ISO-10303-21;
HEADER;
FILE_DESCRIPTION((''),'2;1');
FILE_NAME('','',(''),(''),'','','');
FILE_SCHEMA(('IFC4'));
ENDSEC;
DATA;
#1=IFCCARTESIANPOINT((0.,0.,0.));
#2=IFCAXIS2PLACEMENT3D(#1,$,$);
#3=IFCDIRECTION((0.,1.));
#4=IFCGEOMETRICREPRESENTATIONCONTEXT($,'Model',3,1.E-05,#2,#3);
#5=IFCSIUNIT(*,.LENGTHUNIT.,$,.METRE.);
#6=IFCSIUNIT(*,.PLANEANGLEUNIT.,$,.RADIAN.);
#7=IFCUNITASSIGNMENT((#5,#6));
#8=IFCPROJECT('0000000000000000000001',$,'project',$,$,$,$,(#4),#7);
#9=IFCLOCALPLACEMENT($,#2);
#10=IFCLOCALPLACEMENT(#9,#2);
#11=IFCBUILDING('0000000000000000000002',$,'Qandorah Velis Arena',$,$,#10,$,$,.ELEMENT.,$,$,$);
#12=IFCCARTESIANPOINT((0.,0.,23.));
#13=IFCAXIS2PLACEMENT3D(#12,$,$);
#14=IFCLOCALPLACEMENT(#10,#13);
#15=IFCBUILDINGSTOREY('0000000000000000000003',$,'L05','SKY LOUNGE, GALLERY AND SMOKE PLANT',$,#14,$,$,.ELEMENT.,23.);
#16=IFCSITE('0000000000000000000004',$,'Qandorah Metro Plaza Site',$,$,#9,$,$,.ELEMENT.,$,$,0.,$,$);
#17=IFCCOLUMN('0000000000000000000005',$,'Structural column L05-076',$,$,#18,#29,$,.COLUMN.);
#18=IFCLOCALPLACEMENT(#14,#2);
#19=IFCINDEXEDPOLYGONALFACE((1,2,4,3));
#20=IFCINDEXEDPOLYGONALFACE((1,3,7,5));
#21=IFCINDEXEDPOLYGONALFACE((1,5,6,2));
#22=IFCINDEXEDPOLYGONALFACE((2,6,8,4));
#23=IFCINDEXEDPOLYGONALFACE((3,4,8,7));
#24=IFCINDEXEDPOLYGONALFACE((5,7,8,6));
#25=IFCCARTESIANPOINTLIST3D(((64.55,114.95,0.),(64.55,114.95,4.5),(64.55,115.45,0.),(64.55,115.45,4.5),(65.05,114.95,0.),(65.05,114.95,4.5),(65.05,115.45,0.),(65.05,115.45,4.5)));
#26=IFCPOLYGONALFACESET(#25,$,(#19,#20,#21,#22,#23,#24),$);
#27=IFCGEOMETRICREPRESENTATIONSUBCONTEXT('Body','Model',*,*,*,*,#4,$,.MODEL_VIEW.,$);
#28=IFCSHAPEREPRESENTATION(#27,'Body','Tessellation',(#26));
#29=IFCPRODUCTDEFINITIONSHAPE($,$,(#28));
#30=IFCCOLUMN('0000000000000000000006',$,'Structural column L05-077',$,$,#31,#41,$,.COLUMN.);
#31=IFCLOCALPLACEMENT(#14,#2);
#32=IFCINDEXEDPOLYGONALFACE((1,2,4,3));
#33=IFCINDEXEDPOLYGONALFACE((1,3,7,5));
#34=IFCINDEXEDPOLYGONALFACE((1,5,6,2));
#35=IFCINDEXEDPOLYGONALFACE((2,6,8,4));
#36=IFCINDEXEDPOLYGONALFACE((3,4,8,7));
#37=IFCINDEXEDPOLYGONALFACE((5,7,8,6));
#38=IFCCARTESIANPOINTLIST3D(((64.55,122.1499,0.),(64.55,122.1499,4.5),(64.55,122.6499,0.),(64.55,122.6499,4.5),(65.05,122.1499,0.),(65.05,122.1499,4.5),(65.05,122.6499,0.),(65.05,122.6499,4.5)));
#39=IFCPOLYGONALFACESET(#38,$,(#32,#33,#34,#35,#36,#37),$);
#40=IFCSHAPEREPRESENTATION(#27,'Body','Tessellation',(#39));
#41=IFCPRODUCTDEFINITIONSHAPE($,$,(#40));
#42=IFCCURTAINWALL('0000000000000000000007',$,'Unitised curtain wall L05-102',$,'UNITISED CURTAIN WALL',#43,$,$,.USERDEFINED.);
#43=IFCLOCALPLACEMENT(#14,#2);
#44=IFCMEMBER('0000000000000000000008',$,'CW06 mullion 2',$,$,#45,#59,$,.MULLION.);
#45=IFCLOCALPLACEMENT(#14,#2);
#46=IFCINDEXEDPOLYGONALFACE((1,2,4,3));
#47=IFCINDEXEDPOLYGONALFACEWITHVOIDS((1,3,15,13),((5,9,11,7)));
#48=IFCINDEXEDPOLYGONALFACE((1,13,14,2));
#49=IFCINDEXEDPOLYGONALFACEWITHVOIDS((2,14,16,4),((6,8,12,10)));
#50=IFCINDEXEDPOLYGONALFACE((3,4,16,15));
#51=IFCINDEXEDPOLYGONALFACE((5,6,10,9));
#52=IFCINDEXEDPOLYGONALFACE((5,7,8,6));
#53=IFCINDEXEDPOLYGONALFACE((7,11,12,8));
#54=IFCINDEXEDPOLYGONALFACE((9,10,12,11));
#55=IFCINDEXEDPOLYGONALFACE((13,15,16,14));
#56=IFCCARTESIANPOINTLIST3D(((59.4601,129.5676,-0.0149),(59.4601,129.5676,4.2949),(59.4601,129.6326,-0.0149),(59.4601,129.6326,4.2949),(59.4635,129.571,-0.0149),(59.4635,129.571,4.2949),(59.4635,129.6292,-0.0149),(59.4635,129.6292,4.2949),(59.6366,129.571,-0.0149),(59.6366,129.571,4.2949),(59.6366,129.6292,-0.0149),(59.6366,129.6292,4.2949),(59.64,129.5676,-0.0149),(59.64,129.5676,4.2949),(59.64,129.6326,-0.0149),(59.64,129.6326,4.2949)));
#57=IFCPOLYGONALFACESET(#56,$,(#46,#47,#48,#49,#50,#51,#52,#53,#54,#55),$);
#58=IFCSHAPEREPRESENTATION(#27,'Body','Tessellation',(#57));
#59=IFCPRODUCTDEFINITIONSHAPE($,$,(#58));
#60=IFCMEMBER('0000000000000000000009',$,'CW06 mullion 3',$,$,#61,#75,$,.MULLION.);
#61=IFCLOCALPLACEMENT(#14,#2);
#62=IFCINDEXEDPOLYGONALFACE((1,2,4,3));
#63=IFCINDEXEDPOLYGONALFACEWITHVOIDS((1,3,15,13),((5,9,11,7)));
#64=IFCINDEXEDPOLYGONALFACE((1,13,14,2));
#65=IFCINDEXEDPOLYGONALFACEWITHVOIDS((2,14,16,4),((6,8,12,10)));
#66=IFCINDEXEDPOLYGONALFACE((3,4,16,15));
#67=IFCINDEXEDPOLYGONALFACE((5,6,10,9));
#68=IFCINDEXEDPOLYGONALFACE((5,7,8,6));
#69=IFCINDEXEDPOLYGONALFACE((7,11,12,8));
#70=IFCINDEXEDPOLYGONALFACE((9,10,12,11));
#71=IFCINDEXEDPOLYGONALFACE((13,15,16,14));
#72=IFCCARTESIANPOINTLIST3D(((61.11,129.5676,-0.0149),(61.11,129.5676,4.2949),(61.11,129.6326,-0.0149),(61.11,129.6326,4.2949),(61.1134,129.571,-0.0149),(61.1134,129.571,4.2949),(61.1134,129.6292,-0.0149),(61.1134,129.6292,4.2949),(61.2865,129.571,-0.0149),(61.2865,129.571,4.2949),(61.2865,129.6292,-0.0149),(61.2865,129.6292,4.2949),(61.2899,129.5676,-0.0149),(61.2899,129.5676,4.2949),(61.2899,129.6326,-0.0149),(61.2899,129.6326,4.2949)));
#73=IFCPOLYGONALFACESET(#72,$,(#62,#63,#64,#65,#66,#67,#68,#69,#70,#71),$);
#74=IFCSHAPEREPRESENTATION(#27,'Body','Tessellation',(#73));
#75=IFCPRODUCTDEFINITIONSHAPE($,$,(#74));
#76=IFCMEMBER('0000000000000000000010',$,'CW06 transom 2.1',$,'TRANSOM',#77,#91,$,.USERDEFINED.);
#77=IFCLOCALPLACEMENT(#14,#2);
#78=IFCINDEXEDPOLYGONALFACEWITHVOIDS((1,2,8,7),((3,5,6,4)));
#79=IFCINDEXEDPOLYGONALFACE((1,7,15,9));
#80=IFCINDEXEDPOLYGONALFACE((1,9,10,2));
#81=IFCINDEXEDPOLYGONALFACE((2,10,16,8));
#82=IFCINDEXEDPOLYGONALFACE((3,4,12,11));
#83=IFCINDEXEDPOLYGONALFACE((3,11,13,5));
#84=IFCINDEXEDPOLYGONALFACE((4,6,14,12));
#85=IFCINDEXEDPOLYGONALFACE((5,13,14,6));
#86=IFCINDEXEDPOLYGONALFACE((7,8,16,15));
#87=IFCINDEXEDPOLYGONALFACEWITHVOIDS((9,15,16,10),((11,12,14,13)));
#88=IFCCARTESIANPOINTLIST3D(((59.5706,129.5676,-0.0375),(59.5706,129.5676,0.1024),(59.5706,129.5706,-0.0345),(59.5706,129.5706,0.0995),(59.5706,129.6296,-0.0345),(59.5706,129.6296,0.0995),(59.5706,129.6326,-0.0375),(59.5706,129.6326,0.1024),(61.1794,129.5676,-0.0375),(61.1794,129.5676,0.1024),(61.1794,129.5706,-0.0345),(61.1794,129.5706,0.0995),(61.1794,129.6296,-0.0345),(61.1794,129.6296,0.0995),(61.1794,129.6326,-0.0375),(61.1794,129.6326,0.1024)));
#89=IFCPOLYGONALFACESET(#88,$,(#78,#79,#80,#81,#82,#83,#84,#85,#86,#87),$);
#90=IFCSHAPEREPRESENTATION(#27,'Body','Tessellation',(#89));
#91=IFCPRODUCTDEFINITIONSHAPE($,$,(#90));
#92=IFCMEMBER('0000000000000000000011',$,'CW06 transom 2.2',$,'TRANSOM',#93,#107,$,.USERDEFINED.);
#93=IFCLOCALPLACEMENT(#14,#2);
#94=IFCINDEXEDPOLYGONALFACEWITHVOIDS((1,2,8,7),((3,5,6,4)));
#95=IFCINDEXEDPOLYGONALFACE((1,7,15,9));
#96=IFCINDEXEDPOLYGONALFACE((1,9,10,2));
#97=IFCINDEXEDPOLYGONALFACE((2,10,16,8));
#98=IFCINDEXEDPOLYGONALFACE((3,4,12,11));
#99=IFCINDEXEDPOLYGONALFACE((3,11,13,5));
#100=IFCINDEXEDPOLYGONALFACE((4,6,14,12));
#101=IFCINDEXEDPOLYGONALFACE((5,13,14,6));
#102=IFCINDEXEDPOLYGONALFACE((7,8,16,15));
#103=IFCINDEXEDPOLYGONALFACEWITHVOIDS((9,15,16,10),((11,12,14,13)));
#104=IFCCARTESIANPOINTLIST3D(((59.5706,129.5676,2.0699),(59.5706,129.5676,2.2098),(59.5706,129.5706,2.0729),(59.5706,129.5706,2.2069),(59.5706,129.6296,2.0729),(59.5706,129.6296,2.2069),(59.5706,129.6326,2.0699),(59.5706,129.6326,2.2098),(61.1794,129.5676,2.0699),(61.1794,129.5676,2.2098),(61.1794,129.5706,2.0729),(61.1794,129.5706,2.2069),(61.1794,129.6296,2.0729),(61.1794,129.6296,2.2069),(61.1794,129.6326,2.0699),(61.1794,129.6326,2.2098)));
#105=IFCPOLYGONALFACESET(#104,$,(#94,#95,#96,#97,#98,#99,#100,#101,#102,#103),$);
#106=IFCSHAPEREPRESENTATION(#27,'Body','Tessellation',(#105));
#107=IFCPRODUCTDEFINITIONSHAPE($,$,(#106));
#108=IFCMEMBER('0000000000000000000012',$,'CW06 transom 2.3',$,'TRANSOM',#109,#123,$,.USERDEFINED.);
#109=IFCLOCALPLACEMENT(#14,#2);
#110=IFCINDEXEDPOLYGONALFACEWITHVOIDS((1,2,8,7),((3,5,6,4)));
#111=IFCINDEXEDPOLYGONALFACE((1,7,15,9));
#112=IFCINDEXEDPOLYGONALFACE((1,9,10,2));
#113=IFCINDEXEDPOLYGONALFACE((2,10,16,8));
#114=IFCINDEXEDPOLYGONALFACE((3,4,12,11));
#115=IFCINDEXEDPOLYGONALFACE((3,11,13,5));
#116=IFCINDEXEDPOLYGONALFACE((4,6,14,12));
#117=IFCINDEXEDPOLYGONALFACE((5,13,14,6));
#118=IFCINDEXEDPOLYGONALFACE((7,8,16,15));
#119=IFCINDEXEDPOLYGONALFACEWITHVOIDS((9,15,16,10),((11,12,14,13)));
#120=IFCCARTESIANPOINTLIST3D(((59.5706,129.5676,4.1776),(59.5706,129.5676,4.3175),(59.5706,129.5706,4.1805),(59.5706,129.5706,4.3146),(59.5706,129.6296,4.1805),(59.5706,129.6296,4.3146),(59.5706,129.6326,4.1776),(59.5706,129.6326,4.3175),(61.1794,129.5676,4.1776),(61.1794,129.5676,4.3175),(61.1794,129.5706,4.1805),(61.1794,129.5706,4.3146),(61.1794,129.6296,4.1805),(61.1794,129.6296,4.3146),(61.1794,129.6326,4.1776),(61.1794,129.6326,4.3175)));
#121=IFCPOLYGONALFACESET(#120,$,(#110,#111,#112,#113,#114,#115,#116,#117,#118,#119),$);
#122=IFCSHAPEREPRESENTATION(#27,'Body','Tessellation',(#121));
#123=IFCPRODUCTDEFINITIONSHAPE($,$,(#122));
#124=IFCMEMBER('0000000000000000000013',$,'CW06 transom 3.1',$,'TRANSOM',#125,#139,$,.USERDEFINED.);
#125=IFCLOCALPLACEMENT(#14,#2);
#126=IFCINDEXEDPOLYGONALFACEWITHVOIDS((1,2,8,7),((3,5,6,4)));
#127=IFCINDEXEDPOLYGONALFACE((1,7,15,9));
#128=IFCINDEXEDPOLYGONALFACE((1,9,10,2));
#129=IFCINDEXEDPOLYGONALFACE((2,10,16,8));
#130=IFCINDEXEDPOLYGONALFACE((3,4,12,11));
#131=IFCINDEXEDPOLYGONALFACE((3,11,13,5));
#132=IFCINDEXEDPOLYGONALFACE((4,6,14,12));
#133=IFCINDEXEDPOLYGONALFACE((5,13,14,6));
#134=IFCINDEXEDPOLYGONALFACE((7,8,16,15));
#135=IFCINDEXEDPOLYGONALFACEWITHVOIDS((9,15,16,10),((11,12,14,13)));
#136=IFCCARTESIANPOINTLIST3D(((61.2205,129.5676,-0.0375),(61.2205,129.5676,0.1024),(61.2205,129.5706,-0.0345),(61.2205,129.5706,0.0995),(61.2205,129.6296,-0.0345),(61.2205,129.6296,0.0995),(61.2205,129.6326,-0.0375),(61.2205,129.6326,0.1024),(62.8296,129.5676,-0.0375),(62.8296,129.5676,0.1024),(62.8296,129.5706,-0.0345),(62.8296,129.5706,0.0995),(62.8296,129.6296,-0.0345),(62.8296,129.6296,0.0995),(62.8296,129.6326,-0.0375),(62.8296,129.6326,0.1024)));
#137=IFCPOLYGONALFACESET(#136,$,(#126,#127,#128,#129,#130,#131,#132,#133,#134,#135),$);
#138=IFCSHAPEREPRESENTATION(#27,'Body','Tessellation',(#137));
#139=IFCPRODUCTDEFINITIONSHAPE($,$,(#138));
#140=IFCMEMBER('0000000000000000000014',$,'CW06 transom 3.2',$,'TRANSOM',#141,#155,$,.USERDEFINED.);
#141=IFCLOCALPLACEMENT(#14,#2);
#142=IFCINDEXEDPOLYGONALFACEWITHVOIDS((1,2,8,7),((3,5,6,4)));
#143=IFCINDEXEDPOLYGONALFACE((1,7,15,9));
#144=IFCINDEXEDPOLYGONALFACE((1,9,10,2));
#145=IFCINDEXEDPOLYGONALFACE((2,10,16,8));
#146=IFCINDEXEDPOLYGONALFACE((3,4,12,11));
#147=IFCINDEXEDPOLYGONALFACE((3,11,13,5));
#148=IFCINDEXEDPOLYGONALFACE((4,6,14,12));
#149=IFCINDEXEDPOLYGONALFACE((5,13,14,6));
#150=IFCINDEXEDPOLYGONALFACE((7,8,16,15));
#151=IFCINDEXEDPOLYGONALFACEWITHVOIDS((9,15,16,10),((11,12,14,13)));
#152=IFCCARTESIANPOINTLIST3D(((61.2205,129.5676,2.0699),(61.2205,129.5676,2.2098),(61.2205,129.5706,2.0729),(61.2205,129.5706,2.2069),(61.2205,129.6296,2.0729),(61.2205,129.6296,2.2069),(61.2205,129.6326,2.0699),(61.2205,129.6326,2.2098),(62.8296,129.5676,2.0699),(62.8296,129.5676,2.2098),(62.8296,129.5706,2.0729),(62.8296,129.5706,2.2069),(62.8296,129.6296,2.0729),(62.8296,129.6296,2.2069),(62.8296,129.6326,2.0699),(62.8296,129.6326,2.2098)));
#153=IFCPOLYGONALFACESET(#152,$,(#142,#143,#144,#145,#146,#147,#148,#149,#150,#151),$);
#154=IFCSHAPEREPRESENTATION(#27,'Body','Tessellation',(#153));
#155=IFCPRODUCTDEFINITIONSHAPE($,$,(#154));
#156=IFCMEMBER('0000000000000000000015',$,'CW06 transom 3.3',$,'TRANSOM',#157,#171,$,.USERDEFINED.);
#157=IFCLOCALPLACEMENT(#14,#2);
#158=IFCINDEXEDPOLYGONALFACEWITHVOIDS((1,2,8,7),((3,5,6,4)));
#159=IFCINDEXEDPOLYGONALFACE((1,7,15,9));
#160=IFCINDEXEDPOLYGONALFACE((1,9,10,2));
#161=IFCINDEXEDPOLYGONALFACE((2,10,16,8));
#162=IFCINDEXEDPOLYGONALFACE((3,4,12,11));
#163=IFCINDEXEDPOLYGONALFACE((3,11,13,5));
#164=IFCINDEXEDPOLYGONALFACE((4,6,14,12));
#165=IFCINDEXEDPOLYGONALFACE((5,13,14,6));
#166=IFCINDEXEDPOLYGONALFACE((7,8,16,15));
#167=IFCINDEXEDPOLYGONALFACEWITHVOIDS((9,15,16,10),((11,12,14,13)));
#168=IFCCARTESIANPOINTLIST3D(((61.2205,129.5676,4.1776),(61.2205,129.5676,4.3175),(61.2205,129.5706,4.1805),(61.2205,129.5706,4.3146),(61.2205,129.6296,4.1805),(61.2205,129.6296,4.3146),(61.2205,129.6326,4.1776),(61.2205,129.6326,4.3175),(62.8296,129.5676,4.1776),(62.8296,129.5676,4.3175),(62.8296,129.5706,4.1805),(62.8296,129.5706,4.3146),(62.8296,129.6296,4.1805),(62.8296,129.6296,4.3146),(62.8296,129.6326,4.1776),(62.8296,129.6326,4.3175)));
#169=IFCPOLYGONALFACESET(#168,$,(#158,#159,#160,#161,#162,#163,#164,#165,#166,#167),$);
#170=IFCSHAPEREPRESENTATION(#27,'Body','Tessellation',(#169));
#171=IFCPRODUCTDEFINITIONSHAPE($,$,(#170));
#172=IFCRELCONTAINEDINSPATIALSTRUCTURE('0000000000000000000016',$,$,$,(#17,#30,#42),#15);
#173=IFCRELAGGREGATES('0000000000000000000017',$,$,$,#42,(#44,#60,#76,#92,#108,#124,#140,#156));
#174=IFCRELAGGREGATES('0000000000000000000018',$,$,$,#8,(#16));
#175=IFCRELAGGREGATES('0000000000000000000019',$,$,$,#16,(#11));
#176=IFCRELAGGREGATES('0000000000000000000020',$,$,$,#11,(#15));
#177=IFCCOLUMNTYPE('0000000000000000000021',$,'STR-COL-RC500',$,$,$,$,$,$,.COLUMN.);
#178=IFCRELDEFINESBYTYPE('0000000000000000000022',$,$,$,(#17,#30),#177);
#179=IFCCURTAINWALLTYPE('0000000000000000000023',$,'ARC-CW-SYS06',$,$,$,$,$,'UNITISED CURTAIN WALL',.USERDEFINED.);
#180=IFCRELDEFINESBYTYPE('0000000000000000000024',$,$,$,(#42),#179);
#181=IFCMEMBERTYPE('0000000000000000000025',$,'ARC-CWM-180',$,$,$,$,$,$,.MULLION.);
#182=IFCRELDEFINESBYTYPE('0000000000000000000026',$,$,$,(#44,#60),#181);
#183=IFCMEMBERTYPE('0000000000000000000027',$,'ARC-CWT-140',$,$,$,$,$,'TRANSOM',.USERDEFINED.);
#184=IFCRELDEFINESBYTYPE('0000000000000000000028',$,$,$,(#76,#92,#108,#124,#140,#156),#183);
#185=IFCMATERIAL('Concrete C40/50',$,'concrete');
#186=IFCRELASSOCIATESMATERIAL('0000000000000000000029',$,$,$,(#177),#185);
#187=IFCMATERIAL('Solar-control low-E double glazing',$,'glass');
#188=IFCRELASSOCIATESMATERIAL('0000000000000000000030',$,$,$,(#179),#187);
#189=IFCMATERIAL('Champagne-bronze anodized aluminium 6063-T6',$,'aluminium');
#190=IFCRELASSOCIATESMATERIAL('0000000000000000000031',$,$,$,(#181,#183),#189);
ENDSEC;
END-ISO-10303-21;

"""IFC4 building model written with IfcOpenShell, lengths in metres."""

from ifc_helpers import new_model, si_unit, direction, frame, origin, origin_2d, place, context, subcontext, project, spatial, rectangle, hollow_rectangle, extrude, material, material_profile, profile_set, type_object, element, aggregate, save


model = new_model("IFC4")

# Units and contexts
model_context = context("Model", 3, precision=1e-05, world=origin(), true_north=direction((0.0, 1.0)))
body_context = subcontext(model_context, "Body", "Model", "MODEL_VIEW")
ifc_project = project(units=[si_unit("LENGTHUNIT", "METRE"), si_unit("PLANEANGLEUNIT", "RADIAN")], contexts=[model_context])

# Site, building, storey
site_placement = place(None, origin())
site = spatial("IfcSite", under=ifc_project, at=site_placement, Name="Qandorah Metro Plaza Site", CompositionType="ELEMENT", RefElevation=0.0)
building_placement = place(site_placement, origin())
building = spatial("IfcBuilding", under=site, at=building_placement, Name="Qandorah Velis Arena", CompositionType="ELEMENT")
storey_placement = place(building_placement, frame((0.0, 0.0, 23.0)))
storey = spatial("IfcBuildingStorey", under=building, at=storey_placement, Name="L05", Description="SKY LOUNGE, GALLERY AND SMOKE PLANT", CompositionType="ELEMENT", Elevation=23.0)

# Columns
ifc_material_1 = material(Name="Concrete C40/50", Category="concrete")
ifc_material_profile_1 = material_profile(ifc_material_1, rectangle(XDim=0.5, YDim=0.5, at=origin_2d()), Name="RC COL 500x500")
ifc_profile_set_1 = profile_set([ifc_material_profile_1], Name="Concrete C40/50")
column_type = type_object("IfcColumnType", Name="STR-COL-RC500", PredefinedType="COLUMN", material=ifc_profile_set_1)
for number, where, z_axis, x_axis, name in (
    (1, (64.8, 115.2, 0.0), (0.0, 0.0, 1.0), (1.0, 0.0, 0.0), "Structural column L05-076"),
    (2, (64.8, 122.3999, 0.0), (0.0, 0.0, 1.0), (1.0, 0.0, 0.0), "Structural column L05-077"),
):
    element("IfcColumn", number, at=place(storey_placement, frame(where, z_axis=z_axis, x_axis=x_axis)), inside=storey, type_object=column_type, Name=name, PredefinedType="COLUMN", context=body_context, shape_type="SweptSolid", body=[
        extrude(rectangle(XDim=0.5, YDim=0.5, at=origin_2d()), origin(), (0.0, 0.0, 1.0), 4.5),
    ])

# Curtain wall, members
ifc_material_2 = material(Name="Solar-control low-E double glazing", Category="glass")
curtain_wall_type = type_object("IfcCurtainWallType", Name="ARC-CW-SYS06", ElementType="UNITISED CURTAIN WALL", PredefinedType="USERDEFINED", material=ifc_material_2)
curtain_wall_placement = place(storey_placement, origin())
curtain_wall = element("IfcCurtainWall", 3, at=curtain_wall_placement, inside=storey, type_object=curtain_wall_type, Name="Unitised curtain wall L05-102", ObjectType="UNITISED CURTAIN WALL", PredefinedType="USERDEFINED")
ifc_material_3 = material(Name="Champagne-bronze anodized aluminium 6063-T6", Category="aluminium")
ifc_material_profile_2 = material_profile(ifc_material_3, hollow_rectangle(XDim=0.0649, YDim=0.1799, WallThickness=0.0034, at=origin_2d()), Name="ALU MULLION 65x180")
ifc_profile_set_2 = profile_set([ifc_material_profile_2], Name="Champagne-bronze anodized aluminium 6063-T6")
member_type_1 = type_object("IfcMemberType", Name="ARC-CWM-180", PredefinedType="MULLION", material=ifc_profile_set_2)
member_1_placement = place(storey_placement, frame((59.55, 129.6001, -0.0149), z_axis=(0.0, 0.0, 1.0), x_axis=(0.0, 1.0, 0.0)))
member_1 = element("IfcMember", 4, at=member_1_placement, type_object=member_type_1, Name="CW06 mullion 2", PredefinedType="MULLION", context=body_context, shape_type="SweptSolid", body=[
    extrude(hollow_rectangle(XDim=0.0649, YDim=0.1799, WallThickness=0.0034, at=origin_2d()), origin(), (0.0, 0.0, 1.0), 4.3098),
])
member_2_placement = place(storey_placement, frame((61.2, 129.6001, -0.0149), z_axis=(0.0, 0.0, 1.0), x_axis=(0.0, 1.0, 0.0)))
member_2 = element("IfcMember", 5, at=member_2_placement, type_object=member_type_1, Name="CW06 mullion 3", PredefinedType="MULLION", context=body_context, shape_type="SweptSolid", body=[
    extrude(hollow_rectangle(XDim=0.0649, YDim=0.1799, WallThickness=0.0034, at=origin_2d()), origin(), (0.0, 0.0, 1.0), 4.3098),
])
ifc_material_profile_3 = material_profile(ifc_material_3, hollow_rectangle(XDim=0.0649, YDim=0.1399, WallThickness=0.0029, at=origin_2d()), Name="ALU TRANSOM 65x140")
ifc_profile_set_3 = profile_set([ifc_material_profile_3], Name="Champagne-bronze anodized aluminium 6063-T6")
member_type_2 = type_object("IfcMemberType", Name="ARC-CWT-140", ElementType="TRANSOM", PredefinedType="USERDEFINED", material=ifc_profile_set_3)
member_3_placement = place(storey_placement, frame((59.5706, 129.6001, 0.0325), z_axis=(1.0, 0.0, 0.0), x_axis=(0.0, 1.0, 0.0)))
member_3 = element("IfcMember", 6, at=member_3_placement, type_object=member_type_2, Name="CW06 transom 2.1", ObjectType="TRANSOM", PredefinedType="USERDEFINED", context=body_context, shape_type="SweptSolid", body=[
    extrude(hollow_rectangle(XDim=0.0649, YDim=0.1399, WallThickness=0.0029, at=origin_2d()), origin(), (0.0, 0.0, 1.0), 1.6089),
])
member_4_placement = place(storey_placement, frame((59.5706, 129.6001, 2.1399), z_axis=(1.0, 0.0, 0.0), x_axis=(0.0, 1.0, 0.0)))
member_4 = element("IfcMember", 7, at=member_4_placement, type_object=member_type_2, Name="CW06 transom 2.2", ObjectType="TRANSOM", PredefinedType="USERDEFINED", context=body_context, shape_type="SweptSolid", body=[
    extrude(hollow_rectangle(XDim=0.0649, YDim=0.1399, WallThickness=0.0029, at=origin_2d()), origin(), (0.0, 0.0, 1.0), 1.6089),
])
member_5_placement = place(storey_placement, frame((59.5706, 129.6001, 4.2476), z_axis=(1.0, 0.0, 0.0), x_axis=(0.0, 1.0, 0.0)))
member_5 = element("IfcMember", 8, at=member_5_placement, type_object=member_type_2, Name="CW06 transom 2.3", ObjectType="TRANSOM", PredefinedType="USERDEFINED", context=body_context, shape_type="SweptSolid", body=[
    extrude(hollow_rectangle(XDim=0.0649, YDim=0.1399, WallThickness=0.0029, at=origin_2d()), origin(), (0.0, 0.0, 1.0), 1.6089),
])
member_6_placement = place(storey_placement, frame((61.2205, 129.6001, 0.0325), z_axis=(1.0, 0.0, 0.0), x_axis=(0.0, 1.0, 0.0)))
member_6 = element("IfcMember", 9, at=member_6_placement, type_object=member_type_2, Name="CW06 transom 3.1", ObjectType="TRANSOM", PredefinedType="USERDEFINED", context=body_context, shape_type="SweptSolid", body=[
    extrude(hollow_rectangle(XDim=0.0649, YDim=0.1399, WallThickness=0.0029, at=origin_2d()), origin(), (0.0, 0.0, 1.0), 1.6091),
])
member_7_placement = place(storey_placement, frame((61.2205, 129.6001, 2.1399), z_axis=(1.0, 0.0, 0.0), x_axis=(0.0, 1.0, 0.0)))
member_7 = element("IfcMember", 10, at=member_7_placement, type_object=member_type_2, Name="CW06 transom 3.2", ObjectType="TRANSOM", PredefinedType="USERDEFINED", context=body_context, shape_type="SweptSolid", body=[
    extrude(hollow_rectangle(XDim=0.0649, YDim=0.1399, WallThickness=0.0029, at=origin_2d()), origin(), (0.0, 0.0, 1.0), 1.6091),
])
member_8_placement = place(storey_placement, frame((61.2205, 129.6001, 4.2476), z_axis=(1.0, 0.0, 0.0), x_axis=(0.0, 1.0, 0.0)))
member_8 = element("IfcMember", 11, at=member_8_placement, type_object=member_type_2, Name="CW06 transom 3.3", ObjectType="TRANSOM", PredefinedType="USERDEFINED", context=body_context, shape_type="SweptSolid", body=[
    extrude(hollow_rectangle(XDim=0.0649, YDim=0.1399, WallThickness=0.0029, at=origin_2d()), origin(), (0.0, 0.0, 1.0), 1.6091),
])

aggregate(curtain_wall, [member_1, member_2, member_3, member_4, member_5, member_6, member_7, member_8])

save(model, "model.ifc")
